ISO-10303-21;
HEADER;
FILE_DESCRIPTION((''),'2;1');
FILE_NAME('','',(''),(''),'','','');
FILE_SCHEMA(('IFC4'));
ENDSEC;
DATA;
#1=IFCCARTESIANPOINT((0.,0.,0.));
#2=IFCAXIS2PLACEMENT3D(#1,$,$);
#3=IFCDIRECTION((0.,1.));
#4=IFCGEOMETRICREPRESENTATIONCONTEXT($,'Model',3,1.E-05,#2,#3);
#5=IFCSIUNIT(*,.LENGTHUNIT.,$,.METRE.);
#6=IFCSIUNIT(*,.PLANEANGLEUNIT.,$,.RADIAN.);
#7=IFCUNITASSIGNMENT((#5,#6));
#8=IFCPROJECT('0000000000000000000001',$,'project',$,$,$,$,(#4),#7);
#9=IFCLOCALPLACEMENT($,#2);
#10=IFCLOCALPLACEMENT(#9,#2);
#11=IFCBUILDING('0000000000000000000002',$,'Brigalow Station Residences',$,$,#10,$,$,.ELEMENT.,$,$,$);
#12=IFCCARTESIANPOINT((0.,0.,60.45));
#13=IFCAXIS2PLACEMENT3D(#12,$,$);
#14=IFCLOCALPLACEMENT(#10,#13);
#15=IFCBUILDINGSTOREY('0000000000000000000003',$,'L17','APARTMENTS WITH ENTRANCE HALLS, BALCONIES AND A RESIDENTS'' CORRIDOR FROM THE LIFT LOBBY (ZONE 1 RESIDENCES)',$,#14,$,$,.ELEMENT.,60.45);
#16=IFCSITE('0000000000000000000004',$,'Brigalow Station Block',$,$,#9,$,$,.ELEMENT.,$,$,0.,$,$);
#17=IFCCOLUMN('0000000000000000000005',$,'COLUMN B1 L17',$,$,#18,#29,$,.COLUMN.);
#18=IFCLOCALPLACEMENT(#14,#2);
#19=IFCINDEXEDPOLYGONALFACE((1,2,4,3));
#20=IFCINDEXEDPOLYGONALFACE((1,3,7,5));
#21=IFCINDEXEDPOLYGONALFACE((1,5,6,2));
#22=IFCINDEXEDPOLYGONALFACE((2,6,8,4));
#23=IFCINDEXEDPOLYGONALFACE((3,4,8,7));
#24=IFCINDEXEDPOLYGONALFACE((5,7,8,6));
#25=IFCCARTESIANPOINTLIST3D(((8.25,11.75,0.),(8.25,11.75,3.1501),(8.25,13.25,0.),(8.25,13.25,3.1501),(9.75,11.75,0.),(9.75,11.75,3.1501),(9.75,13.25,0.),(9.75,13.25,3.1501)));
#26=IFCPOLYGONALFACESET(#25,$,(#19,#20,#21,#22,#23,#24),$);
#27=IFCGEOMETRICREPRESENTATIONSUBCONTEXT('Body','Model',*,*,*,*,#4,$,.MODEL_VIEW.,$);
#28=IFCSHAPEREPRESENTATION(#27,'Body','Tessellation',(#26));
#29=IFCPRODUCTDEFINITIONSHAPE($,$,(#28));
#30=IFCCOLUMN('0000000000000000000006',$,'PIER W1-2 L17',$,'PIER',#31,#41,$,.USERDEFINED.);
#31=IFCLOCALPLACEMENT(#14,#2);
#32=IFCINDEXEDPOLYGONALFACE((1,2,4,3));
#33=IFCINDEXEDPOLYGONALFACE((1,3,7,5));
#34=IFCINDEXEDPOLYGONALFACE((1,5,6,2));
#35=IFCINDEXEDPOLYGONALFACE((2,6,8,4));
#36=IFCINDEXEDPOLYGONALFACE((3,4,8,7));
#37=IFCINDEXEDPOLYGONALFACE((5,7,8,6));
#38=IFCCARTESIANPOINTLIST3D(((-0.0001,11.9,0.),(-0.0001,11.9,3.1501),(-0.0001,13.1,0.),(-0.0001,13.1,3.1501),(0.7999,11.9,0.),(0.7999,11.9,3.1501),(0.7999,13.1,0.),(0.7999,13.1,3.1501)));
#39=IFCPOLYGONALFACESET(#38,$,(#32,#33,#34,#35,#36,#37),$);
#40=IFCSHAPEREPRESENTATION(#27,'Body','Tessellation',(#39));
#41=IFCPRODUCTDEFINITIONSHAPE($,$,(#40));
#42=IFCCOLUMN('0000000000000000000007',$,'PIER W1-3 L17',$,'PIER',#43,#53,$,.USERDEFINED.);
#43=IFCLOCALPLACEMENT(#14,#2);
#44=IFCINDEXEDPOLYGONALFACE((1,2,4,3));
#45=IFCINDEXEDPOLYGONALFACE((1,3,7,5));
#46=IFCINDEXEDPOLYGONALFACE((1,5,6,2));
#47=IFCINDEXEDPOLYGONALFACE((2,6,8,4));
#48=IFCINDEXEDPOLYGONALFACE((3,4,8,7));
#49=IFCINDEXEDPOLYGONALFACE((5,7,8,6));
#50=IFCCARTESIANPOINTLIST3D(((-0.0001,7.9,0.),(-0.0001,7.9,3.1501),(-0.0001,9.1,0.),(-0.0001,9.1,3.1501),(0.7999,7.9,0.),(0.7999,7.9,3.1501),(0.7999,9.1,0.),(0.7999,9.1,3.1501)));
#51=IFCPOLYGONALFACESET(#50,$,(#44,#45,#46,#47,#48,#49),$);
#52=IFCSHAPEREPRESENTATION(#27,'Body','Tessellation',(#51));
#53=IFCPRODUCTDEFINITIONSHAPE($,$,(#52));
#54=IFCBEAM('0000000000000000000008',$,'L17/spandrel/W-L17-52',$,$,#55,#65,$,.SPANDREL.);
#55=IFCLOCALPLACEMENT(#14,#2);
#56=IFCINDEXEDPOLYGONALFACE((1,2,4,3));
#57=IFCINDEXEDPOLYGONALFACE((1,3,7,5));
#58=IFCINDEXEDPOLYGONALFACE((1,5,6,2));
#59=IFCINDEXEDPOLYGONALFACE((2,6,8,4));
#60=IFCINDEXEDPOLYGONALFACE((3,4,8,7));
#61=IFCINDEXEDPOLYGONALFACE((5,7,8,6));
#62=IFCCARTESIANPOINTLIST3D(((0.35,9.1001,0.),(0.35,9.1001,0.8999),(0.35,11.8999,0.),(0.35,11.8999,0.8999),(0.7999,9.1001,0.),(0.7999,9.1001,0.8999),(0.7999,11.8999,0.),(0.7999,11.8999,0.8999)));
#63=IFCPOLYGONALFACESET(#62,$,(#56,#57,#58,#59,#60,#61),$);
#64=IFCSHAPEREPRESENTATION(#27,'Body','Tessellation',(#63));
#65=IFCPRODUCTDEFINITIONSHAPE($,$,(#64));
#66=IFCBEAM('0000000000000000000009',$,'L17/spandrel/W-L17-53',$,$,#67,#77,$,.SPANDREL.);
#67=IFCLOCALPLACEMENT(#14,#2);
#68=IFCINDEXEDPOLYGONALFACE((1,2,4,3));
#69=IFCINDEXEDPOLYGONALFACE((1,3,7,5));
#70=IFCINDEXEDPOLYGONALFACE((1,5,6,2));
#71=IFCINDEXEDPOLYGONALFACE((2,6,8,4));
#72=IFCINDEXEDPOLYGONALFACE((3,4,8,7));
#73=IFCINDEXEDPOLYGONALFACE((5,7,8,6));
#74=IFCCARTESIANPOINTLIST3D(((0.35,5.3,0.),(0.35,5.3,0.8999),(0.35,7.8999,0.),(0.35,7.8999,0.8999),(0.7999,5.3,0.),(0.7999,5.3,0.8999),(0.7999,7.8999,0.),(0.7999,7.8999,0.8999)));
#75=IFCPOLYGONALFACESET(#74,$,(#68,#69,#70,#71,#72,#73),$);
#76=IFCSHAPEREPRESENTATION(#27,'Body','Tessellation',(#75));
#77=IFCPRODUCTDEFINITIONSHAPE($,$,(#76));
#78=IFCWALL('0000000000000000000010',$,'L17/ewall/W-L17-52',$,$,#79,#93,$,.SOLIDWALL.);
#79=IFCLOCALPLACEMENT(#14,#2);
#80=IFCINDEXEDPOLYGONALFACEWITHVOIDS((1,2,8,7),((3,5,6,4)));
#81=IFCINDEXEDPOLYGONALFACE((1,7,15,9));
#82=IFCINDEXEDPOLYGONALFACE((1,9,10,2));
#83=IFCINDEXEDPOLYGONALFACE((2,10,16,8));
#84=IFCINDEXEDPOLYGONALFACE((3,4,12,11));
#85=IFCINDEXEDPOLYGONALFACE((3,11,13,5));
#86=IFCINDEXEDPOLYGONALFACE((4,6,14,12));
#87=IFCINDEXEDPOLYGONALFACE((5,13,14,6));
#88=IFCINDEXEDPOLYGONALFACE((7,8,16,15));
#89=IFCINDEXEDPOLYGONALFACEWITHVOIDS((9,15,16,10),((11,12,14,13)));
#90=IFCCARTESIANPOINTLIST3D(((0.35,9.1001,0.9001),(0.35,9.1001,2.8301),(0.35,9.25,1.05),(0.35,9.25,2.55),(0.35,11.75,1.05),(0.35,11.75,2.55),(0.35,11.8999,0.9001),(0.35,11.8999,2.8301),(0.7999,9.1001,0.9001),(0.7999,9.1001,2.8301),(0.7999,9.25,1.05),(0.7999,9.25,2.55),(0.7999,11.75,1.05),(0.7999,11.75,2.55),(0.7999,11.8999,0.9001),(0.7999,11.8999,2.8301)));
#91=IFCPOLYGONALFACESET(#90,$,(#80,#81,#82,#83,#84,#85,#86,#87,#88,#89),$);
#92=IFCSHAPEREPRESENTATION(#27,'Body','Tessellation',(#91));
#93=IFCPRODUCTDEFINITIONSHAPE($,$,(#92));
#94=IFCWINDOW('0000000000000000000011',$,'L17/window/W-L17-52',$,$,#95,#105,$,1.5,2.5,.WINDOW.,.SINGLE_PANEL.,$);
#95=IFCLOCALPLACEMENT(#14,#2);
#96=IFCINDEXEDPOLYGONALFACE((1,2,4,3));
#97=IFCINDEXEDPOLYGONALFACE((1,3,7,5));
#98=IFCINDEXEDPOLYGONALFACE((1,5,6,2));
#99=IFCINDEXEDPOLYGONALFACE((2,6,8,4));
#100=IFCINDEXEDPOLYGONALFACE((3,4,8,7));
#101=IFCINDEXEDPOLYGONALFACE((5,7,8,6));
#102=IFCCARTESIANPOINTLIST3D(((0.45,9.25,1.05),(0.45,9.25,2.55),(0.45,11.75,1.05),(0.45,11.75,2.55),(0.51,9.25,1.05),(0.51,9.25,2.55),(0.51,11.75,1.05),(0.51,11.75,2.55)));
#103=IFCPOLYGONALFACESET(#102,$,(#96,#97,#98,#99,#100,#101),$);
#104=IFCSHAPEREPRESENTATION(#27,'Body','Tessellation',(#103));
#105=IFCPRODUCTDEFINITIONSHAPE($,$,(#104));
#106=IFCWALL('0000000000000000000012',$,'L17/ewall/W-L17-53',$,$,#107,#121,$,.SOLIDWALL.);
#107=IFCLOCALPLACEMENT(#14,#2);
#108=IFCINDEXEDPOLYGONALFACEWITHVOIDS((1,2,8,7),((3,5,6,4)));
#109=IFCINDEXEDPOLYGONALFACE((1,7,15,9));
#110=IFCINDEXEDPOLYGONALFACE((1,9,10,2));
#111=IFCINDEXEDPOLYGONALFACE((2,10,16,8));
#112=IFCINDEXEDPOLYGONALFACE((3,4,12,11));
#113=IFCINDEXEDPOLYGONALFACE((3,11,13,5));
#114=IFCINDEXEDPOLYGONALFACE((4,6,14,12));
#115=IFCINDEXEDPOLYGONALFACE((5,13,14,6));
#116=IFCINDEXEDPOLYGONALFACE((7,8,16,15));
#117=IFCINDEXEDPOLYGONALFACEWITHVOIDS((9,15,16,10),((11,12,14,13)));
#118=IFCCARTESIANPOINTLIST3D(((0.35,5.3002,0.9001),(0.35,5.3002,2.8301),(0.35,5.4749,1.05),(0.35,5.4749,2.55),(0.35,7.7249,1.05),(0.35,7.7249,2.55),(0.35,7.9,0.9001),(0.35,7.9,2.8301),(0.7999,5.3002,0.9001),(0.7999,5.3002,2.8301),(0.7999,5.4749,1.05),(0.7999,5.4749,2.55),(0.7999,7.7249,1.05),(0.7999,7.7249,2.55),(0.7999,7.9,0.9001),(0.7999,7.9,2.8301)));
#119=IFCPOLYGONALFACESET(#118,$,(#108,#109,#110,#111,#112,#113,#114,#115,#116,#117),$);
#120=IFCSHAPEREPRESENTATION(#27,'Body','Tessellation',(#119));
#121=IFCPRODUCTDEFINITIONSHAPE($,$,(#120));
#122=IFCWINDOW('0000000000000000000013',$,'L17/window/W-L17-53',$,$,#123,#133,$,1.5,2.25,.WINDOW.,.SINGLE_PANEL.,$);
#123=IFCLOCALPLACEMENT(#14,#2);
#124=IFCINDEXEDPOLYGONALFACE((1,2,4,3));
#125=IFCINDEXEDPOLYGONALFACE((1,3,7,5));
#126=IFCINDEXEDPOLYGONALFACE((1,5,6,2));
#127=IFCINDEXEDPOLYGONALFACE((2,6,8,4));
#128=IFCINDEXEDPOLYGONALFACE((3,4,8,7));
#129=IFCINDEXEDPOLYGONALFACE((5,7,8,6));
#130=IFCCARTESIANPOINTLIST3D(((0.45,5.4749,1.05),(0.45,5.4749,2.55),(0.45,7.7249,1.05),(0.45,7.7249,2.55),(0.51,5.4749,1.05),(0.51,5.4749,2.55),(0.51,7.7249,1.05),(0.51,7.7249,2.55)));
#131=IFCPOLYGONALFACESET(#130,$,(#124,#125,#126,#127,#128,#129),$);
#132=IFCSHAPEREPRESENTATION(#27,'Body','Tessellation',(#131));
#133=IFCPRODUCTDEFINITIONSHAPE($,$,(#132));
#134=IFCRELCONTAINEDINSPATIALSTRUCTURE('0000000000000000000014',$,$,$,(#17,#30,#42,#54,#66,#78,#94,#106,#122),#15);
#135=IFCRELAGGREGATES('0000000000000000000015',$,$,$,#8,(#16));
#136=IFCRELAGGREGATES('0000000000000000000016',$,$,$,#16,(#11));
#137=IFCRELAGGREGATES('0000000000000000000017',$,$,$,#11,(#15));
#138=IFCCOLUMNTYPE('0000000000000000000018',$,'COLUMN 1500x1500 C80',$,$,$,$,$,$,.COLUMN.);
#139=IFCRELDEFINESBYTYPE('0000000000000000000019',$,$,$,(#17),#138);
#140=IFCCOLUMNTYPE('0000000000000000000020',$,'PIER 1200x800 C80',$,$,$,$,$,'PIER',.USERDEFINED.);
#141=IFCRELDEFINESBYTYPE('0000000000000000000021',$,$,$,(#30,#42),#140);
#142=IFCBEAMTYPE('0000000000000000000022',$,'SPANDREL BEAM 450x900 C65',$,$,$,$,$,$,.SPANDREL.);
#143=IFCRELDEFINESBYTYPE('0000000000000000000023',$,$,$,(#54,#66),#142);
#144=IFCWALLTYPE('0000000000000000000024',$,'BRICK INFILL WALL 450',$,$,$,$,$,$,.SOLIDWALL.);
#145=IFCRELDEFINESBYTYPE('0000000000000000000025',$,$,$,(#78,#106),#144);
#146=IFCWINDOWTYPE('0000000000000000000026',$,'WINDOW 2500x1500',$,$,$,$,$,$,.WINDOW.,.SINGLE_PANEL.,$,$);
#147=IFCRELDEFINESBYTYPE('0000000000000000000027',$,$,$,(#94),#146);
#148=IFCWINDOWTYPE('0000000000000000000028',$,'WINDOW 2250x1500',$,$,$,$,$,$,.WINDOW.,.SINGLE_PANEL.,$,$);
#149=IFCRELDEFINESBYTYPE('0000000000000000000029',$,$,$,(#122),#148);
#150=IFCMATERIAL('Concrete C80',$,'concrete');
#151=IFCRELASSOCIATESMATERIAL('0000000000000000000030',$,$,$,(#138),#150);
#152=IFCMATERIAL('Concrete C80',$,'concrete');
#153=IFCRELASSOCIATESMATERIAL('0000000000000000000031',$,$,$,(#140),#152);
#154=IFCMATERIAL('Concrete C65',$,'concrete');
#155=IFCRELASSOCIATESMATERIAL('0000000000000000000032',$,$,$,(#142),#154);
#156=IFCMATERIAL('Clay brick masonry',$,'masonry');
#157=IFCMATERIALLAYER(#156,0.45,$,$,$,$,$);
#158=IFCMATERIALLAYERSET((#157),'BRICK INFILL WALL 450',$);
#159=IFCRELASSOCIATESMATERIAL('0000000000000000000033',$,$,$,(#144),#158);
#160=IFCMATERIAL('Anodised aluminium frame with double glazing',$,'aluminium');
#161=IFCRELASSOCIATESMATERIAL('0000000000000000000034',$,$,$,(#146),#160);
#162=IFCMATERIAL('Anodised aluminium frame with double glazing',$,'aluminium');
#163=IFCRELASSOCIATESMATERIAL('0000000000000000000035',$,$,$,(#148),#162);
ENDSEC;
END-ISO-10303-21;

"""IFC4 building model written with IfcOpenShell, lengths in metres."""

from ifc_helpers import new_model, si_unit, direction, frame, frame_2d, origin, origin_2d, place, context, subcontext, project, spatial, rectangle, extrude, material, layer, layer_set, material_profile, profile_set, type_object, element, fill, save


model = new_model("IFC4")

# Units and contexts
model_context = context("Model", 3, precision=1e-05, world=origin(), true_north=direction((0.0, 1.0)))
body_context = subcontext(model_context, "Body", "Model", "MODEL_VIEW")
ifc_project = project(units=[si_unit("LENGTHUNIT", "METRE"), si_unit("PLANEANGLEUNIT", "RADIAN")], contexts=[model_context])

# Site, building, storey
site_placement = place(None, origin())
site = spatial("IfcSite", under=ifc_project, at=site_placement, Name="Brigalow Station Block", CompositionType="ELEMENT", RefElevation=0.0)
building_placement = place(site_placement, origin())
building = spatial("IfcBuilding", under=site, at=building_placement, Name="Brigalow Station Residences", CompositionType="ELEMENT")
storey_placement = place(building_placement, frame((0.0, 0.0, 60.45)))
storey = spatial("IfcBuildingStorey", under=building, at=storey_placement, Name="L17", Description="APARTMENTS WITH ENTRANCE HALLS, BALCONIES AND A RESIDENTS' CORRIDOR FROM THE LIFT LOBBY (ZONE 1 RESIDENCES)", CompositionType="ELEMENT", Elevation=60.45)

# Columns
ifc_material_1 = material(Name="Concrete C80", Category="concrete")
ifc_material_profile_1 = material_profile(ifc_material_1, rectangle(XDim=1.5, YDim=1.5, at=origin_2d()), Name="RC1500x1500")
ifc_profile_set_1 = profile_set([ifc_material_profile_1], Name="Concrete C80")
column_type_1 = type_object("IfcColumnType", Name="COLUMN 1500x1500 C80", PredefinedType="COLUMN", material=ifc_profile_set_1)
column_placement = place(storey_placement, frame((9.0, 12.5, 0.0), z_axis=(0.0, 0.0, 1.0), x_axis=(1.0, 0.0, 0.0)))
element("IfcColumn", 1, at=column_placement, inside=storey, type_object=column_type_1, Name="COLUMN B1 L17", PredefinedType="COLUMN", context=body_context, shape_type="SweptSolid", body=[
    extrude(rectangle(XDim=1.5, YDim=1.5, at=origin_2d()), origin(), (0.0, 0.0, 1.0), 3.1501),
])
ifc_material_2 = material(Name="Concrete C80", Category="concrete")
ifc_material_profile_2 = material_profile(ifc_material_2, rectangle(XDim=1.2, YDim=0.8, at=origin_2d()), Name="RC1200x800")
ifc_profile_set_2 = profile_set([ifc_material_profile_2], Name="Concrete C80")
column_type_2 = type_object("IfcColumnType", Name="PIER 1200x800 C80", ElementType="PIER", PredefinedType="USERDEFINED", material=ifc_profile_set_2)
for number, where, z_axis, x_axis, name in (
    (2, (0.3999, 12.5, 0.0), (0.0, 0.0, 1.0), (0.0, -1.0, 0.0), "PIER W1-2 L17"),
    (3, (0.3999, 8.5, 0.0), (0.0, 0.0, 1.0), (0.0, -1.0, 0.0), "PIER W1-3 L17"),
):
    element("IfcColumn", number, at=place(storey_placement, frame(where, z_axis=z_axis, x_axis=x_axis)), inside=storey, type_object=column_type_2, Name=name, ObjectType="PIER", PredefinedType="USERDEFINED", context=body_context, shape_type="SweptSolid", body=[
        extrude(rectangle(XDim=1.2, YDim=0.8, at=origin_2d()), origin(), (0.0, 0.0, 1.0), 3.1501),
    ])

# Beams
ifc_material_3 = material(Name="Concrete C65", Category="concrete")
ifc_material_profile_3 = material_profile(ifc_material_3, rectangle(XDim=0.45, YDim=0.8999, at=origin_2d()), Name="RC450x900")
ifc_profile_set_3 = profile_set([ifc_material_profile_3], Name="Concrete C65")
beam_type = type_object("IfcBeamType", Name="SPANDREL BEAM 450x900 C65", PredefinedType="SPANDREL", material=ifc_profile_set_3)
beam_1_placement = place(storey_placement, frame((0.575, 11.8999, 0.45), z_axis=(0.0, -1.0, 0.0), x_axis=(1.0, 0.0, 0.0)))
element("IfcBeam", 4, at=beam_1_placement, inside=storey, type_object=beam_type, Name="L17/spandrel/W-L17-52", PredefinedType="SPANDREL", context=body_context, shape_type="SweptSolid", body=[
    extrude(rectangle(XDim=0.45, YDim=0.8999, at=origin_2d()), origin(), (0.0, 0.0, 1.0), 2.7998),
])
beam_2_placement = place(storey_placement, frame((0.575, 7.8999, 0.45), z_axis=(0.0, -1.0, 0.0), x_axis=(1.0, 0.0, 0.0)))
element("IfcBeam", 5, at=beam_2_placement, inside=storey, type_object=beam_type, Name="L17/spandrel/W-L17-53", PredefinedType="SPANDREL", context=body_context, shape_type="SweptSolid", body=[
    extrude(rectangle(XDim=0.45, YDim=0.8999, at=origin_2d()), origin(), (0.0, 0.0, 1.0), 2.5999),
])

# Walls, openings, windows
ifc_material_4 = material(Name="Clay brick masonry", Category="masonry")
ifc_layer_1 = layer(ifc_material_4, 0.45)
ifc_layer_set_1 = layer_set([ifc_layer_1], Name="BRICK INFILL WALL 450")
wall_type_1 = type_object("IfcWallType", Name="BRICK INFILL WALL 450", PredefinedType="SOLIDWALL", material=ifc_layer_set_1)
wall_1_placement = place(storey_placement, frame((0.575, 11.8999, 0.9001), z_axis=(0.0, 0.0, 1.0), x_axis=(0.0, -1.0, 0.0)))
wall_1 = element("IfcWall", 6, at=wall_1_placement, inside=storey, type_object=wall_type_1, Name="L17/ewall/W-L17-52", PredefinedType="SOLIDWALL", context=body_context, shape_type="SweptSolid", body=[
    extrude(rectangle(XDim=2.7998, YDim=0.45, at=frame_2d((1.3999, 0.0))), origin(), (0.0, 0.0, 1.0), 1.9299),
])
opening_1_placement = place(wall_1_placement, frame((0.1499, 0.0, 0.1499)))
opening_1 = element("IfcOpeningElement", 7, at=opening_1_placement, cuts=wall_1, PredefinedType="OPENING", context=body_context, shape_type="SweptSolid", body=[
    extrude(rectangle(XDim=2.5, YDim=1.5, at=frame_2d((1.25, 0.75))), frame((0.0, 0.2349, 0.0), z_axis=(0.0, -1.0, 0.0), x_axis=(1.0, 0.0, 0.0)), (0.0, 0.0, 1.0), 0.47),
])
ifc_material_5 = material(Name="Anodised aluminium frame with double glazing", Category="aluminium")
window_type_1 = type_object("IfcWindowType", Name="WINDOW 2500x1500", PartitioningType="SINGLE_PANEL", PredefinedType="WINDOW", material=ifc_material_5)
window_1_placement = place(opening_1_placement, origin())
window_1 = element("IfcWindow", 8, at=window_1_placement, inside=storey, type_object=window_type_1, Name="L17/window/W-L17-52", OverallHeight=1.5, OverallWidth=2.5, PartitioningType="SINGLE_PANEL", PredefinedType="WINDOW", context=body_context, shape_type="SweptSolid", body=[
    extrude(rectangle(XDim=2.5, YDim=1.5, at=frame_2d((1.25, 0.75))), frame((0.0, -0.0649, 0.0), z_axis=(0.0, -1.0, 0.0), x_axis=(1.0, 0.0, 0.0)), (0.0, 0.0, 1.0), 0.0601),
])
fill(opening_1, window_1)
wall_2_placement = place(storey_placement, frame((0.575, 7.8999, 0.9001), z_axis=(0.0, 0.0, 1.0), x_axis=(0.0, -1.0, 0.0)))
wall_2 = element("IfcWall", 9, at=wall_2_placement, inside=storey, type_object=wall_type_1, Name="L17/ewall/W-L17-53", PredefinedType="SOLIDWALL", context=body_context, shape_type="SweptSolid", body=[
    extrude(rectangle(XDim=2.5999, YDim=0.45, at=frame_2d((1.2998, 0.0))), origin(), (0.0, 0.0, 1.0), 1.9299),
])
opening_2_placement = place(wall_2_placement, frame((0.175, 0.0, 0.1499)))
opening_2 = element("IfcOpeningElement", 10, at=opening_2_placement, cuts=wall_2, PredefinedType="OPENING", context=body_context, shape_type="SweptSolid", body=[
    extrude(rectangle(XDim=2.25, YDim=1.5, at=frame_2d((1.125, 0.75))), frame((0.0, 0.2349, 0.0), z_axis=(0.0, -1.0, 0.0), x_axis=(1.0, 0.0, 0.0)), (0.0, 0.0, 1.0), 0.47),
])
ifc_material_6 = material(Name="Anodised aluminium frame with double glazing", Category="aluminium")
window_type_2 = type_object("IfcWindowType", Name="WINDOW 2250x1500", PartitioningType="SINGLE_PANEL", PredefinedType="WINDOW", material=ifc_material_6)
window_2_placement = place(opening_2_placement, origin())
window_2 = element("IfcWindow", 11, at=window_2_placement, inside=storey, type_object=window_type_2, Name="L17/window/W-L17-53", OverallHeight=1.5, OverallWidth=2.25, PartitioningType="SINGLE_PANEL", PredefinedType="WINDOW", context=body_context, shape_type="SweptSolid", body=[
    extrude(rectangle(XDim=2.25, YDim=1.5, at=frame_2d((1.125, 0.75))), frame((0.0, -0.0649, 0.0), z_axis=(0.0, -1.0, 0.0), x_axis=(1.0, 0.0, 0.0)), (0.0, 0.0, 1.0), 0.0601),
])
fill(opening_2, window_2)

save(model, "model.ifc")
